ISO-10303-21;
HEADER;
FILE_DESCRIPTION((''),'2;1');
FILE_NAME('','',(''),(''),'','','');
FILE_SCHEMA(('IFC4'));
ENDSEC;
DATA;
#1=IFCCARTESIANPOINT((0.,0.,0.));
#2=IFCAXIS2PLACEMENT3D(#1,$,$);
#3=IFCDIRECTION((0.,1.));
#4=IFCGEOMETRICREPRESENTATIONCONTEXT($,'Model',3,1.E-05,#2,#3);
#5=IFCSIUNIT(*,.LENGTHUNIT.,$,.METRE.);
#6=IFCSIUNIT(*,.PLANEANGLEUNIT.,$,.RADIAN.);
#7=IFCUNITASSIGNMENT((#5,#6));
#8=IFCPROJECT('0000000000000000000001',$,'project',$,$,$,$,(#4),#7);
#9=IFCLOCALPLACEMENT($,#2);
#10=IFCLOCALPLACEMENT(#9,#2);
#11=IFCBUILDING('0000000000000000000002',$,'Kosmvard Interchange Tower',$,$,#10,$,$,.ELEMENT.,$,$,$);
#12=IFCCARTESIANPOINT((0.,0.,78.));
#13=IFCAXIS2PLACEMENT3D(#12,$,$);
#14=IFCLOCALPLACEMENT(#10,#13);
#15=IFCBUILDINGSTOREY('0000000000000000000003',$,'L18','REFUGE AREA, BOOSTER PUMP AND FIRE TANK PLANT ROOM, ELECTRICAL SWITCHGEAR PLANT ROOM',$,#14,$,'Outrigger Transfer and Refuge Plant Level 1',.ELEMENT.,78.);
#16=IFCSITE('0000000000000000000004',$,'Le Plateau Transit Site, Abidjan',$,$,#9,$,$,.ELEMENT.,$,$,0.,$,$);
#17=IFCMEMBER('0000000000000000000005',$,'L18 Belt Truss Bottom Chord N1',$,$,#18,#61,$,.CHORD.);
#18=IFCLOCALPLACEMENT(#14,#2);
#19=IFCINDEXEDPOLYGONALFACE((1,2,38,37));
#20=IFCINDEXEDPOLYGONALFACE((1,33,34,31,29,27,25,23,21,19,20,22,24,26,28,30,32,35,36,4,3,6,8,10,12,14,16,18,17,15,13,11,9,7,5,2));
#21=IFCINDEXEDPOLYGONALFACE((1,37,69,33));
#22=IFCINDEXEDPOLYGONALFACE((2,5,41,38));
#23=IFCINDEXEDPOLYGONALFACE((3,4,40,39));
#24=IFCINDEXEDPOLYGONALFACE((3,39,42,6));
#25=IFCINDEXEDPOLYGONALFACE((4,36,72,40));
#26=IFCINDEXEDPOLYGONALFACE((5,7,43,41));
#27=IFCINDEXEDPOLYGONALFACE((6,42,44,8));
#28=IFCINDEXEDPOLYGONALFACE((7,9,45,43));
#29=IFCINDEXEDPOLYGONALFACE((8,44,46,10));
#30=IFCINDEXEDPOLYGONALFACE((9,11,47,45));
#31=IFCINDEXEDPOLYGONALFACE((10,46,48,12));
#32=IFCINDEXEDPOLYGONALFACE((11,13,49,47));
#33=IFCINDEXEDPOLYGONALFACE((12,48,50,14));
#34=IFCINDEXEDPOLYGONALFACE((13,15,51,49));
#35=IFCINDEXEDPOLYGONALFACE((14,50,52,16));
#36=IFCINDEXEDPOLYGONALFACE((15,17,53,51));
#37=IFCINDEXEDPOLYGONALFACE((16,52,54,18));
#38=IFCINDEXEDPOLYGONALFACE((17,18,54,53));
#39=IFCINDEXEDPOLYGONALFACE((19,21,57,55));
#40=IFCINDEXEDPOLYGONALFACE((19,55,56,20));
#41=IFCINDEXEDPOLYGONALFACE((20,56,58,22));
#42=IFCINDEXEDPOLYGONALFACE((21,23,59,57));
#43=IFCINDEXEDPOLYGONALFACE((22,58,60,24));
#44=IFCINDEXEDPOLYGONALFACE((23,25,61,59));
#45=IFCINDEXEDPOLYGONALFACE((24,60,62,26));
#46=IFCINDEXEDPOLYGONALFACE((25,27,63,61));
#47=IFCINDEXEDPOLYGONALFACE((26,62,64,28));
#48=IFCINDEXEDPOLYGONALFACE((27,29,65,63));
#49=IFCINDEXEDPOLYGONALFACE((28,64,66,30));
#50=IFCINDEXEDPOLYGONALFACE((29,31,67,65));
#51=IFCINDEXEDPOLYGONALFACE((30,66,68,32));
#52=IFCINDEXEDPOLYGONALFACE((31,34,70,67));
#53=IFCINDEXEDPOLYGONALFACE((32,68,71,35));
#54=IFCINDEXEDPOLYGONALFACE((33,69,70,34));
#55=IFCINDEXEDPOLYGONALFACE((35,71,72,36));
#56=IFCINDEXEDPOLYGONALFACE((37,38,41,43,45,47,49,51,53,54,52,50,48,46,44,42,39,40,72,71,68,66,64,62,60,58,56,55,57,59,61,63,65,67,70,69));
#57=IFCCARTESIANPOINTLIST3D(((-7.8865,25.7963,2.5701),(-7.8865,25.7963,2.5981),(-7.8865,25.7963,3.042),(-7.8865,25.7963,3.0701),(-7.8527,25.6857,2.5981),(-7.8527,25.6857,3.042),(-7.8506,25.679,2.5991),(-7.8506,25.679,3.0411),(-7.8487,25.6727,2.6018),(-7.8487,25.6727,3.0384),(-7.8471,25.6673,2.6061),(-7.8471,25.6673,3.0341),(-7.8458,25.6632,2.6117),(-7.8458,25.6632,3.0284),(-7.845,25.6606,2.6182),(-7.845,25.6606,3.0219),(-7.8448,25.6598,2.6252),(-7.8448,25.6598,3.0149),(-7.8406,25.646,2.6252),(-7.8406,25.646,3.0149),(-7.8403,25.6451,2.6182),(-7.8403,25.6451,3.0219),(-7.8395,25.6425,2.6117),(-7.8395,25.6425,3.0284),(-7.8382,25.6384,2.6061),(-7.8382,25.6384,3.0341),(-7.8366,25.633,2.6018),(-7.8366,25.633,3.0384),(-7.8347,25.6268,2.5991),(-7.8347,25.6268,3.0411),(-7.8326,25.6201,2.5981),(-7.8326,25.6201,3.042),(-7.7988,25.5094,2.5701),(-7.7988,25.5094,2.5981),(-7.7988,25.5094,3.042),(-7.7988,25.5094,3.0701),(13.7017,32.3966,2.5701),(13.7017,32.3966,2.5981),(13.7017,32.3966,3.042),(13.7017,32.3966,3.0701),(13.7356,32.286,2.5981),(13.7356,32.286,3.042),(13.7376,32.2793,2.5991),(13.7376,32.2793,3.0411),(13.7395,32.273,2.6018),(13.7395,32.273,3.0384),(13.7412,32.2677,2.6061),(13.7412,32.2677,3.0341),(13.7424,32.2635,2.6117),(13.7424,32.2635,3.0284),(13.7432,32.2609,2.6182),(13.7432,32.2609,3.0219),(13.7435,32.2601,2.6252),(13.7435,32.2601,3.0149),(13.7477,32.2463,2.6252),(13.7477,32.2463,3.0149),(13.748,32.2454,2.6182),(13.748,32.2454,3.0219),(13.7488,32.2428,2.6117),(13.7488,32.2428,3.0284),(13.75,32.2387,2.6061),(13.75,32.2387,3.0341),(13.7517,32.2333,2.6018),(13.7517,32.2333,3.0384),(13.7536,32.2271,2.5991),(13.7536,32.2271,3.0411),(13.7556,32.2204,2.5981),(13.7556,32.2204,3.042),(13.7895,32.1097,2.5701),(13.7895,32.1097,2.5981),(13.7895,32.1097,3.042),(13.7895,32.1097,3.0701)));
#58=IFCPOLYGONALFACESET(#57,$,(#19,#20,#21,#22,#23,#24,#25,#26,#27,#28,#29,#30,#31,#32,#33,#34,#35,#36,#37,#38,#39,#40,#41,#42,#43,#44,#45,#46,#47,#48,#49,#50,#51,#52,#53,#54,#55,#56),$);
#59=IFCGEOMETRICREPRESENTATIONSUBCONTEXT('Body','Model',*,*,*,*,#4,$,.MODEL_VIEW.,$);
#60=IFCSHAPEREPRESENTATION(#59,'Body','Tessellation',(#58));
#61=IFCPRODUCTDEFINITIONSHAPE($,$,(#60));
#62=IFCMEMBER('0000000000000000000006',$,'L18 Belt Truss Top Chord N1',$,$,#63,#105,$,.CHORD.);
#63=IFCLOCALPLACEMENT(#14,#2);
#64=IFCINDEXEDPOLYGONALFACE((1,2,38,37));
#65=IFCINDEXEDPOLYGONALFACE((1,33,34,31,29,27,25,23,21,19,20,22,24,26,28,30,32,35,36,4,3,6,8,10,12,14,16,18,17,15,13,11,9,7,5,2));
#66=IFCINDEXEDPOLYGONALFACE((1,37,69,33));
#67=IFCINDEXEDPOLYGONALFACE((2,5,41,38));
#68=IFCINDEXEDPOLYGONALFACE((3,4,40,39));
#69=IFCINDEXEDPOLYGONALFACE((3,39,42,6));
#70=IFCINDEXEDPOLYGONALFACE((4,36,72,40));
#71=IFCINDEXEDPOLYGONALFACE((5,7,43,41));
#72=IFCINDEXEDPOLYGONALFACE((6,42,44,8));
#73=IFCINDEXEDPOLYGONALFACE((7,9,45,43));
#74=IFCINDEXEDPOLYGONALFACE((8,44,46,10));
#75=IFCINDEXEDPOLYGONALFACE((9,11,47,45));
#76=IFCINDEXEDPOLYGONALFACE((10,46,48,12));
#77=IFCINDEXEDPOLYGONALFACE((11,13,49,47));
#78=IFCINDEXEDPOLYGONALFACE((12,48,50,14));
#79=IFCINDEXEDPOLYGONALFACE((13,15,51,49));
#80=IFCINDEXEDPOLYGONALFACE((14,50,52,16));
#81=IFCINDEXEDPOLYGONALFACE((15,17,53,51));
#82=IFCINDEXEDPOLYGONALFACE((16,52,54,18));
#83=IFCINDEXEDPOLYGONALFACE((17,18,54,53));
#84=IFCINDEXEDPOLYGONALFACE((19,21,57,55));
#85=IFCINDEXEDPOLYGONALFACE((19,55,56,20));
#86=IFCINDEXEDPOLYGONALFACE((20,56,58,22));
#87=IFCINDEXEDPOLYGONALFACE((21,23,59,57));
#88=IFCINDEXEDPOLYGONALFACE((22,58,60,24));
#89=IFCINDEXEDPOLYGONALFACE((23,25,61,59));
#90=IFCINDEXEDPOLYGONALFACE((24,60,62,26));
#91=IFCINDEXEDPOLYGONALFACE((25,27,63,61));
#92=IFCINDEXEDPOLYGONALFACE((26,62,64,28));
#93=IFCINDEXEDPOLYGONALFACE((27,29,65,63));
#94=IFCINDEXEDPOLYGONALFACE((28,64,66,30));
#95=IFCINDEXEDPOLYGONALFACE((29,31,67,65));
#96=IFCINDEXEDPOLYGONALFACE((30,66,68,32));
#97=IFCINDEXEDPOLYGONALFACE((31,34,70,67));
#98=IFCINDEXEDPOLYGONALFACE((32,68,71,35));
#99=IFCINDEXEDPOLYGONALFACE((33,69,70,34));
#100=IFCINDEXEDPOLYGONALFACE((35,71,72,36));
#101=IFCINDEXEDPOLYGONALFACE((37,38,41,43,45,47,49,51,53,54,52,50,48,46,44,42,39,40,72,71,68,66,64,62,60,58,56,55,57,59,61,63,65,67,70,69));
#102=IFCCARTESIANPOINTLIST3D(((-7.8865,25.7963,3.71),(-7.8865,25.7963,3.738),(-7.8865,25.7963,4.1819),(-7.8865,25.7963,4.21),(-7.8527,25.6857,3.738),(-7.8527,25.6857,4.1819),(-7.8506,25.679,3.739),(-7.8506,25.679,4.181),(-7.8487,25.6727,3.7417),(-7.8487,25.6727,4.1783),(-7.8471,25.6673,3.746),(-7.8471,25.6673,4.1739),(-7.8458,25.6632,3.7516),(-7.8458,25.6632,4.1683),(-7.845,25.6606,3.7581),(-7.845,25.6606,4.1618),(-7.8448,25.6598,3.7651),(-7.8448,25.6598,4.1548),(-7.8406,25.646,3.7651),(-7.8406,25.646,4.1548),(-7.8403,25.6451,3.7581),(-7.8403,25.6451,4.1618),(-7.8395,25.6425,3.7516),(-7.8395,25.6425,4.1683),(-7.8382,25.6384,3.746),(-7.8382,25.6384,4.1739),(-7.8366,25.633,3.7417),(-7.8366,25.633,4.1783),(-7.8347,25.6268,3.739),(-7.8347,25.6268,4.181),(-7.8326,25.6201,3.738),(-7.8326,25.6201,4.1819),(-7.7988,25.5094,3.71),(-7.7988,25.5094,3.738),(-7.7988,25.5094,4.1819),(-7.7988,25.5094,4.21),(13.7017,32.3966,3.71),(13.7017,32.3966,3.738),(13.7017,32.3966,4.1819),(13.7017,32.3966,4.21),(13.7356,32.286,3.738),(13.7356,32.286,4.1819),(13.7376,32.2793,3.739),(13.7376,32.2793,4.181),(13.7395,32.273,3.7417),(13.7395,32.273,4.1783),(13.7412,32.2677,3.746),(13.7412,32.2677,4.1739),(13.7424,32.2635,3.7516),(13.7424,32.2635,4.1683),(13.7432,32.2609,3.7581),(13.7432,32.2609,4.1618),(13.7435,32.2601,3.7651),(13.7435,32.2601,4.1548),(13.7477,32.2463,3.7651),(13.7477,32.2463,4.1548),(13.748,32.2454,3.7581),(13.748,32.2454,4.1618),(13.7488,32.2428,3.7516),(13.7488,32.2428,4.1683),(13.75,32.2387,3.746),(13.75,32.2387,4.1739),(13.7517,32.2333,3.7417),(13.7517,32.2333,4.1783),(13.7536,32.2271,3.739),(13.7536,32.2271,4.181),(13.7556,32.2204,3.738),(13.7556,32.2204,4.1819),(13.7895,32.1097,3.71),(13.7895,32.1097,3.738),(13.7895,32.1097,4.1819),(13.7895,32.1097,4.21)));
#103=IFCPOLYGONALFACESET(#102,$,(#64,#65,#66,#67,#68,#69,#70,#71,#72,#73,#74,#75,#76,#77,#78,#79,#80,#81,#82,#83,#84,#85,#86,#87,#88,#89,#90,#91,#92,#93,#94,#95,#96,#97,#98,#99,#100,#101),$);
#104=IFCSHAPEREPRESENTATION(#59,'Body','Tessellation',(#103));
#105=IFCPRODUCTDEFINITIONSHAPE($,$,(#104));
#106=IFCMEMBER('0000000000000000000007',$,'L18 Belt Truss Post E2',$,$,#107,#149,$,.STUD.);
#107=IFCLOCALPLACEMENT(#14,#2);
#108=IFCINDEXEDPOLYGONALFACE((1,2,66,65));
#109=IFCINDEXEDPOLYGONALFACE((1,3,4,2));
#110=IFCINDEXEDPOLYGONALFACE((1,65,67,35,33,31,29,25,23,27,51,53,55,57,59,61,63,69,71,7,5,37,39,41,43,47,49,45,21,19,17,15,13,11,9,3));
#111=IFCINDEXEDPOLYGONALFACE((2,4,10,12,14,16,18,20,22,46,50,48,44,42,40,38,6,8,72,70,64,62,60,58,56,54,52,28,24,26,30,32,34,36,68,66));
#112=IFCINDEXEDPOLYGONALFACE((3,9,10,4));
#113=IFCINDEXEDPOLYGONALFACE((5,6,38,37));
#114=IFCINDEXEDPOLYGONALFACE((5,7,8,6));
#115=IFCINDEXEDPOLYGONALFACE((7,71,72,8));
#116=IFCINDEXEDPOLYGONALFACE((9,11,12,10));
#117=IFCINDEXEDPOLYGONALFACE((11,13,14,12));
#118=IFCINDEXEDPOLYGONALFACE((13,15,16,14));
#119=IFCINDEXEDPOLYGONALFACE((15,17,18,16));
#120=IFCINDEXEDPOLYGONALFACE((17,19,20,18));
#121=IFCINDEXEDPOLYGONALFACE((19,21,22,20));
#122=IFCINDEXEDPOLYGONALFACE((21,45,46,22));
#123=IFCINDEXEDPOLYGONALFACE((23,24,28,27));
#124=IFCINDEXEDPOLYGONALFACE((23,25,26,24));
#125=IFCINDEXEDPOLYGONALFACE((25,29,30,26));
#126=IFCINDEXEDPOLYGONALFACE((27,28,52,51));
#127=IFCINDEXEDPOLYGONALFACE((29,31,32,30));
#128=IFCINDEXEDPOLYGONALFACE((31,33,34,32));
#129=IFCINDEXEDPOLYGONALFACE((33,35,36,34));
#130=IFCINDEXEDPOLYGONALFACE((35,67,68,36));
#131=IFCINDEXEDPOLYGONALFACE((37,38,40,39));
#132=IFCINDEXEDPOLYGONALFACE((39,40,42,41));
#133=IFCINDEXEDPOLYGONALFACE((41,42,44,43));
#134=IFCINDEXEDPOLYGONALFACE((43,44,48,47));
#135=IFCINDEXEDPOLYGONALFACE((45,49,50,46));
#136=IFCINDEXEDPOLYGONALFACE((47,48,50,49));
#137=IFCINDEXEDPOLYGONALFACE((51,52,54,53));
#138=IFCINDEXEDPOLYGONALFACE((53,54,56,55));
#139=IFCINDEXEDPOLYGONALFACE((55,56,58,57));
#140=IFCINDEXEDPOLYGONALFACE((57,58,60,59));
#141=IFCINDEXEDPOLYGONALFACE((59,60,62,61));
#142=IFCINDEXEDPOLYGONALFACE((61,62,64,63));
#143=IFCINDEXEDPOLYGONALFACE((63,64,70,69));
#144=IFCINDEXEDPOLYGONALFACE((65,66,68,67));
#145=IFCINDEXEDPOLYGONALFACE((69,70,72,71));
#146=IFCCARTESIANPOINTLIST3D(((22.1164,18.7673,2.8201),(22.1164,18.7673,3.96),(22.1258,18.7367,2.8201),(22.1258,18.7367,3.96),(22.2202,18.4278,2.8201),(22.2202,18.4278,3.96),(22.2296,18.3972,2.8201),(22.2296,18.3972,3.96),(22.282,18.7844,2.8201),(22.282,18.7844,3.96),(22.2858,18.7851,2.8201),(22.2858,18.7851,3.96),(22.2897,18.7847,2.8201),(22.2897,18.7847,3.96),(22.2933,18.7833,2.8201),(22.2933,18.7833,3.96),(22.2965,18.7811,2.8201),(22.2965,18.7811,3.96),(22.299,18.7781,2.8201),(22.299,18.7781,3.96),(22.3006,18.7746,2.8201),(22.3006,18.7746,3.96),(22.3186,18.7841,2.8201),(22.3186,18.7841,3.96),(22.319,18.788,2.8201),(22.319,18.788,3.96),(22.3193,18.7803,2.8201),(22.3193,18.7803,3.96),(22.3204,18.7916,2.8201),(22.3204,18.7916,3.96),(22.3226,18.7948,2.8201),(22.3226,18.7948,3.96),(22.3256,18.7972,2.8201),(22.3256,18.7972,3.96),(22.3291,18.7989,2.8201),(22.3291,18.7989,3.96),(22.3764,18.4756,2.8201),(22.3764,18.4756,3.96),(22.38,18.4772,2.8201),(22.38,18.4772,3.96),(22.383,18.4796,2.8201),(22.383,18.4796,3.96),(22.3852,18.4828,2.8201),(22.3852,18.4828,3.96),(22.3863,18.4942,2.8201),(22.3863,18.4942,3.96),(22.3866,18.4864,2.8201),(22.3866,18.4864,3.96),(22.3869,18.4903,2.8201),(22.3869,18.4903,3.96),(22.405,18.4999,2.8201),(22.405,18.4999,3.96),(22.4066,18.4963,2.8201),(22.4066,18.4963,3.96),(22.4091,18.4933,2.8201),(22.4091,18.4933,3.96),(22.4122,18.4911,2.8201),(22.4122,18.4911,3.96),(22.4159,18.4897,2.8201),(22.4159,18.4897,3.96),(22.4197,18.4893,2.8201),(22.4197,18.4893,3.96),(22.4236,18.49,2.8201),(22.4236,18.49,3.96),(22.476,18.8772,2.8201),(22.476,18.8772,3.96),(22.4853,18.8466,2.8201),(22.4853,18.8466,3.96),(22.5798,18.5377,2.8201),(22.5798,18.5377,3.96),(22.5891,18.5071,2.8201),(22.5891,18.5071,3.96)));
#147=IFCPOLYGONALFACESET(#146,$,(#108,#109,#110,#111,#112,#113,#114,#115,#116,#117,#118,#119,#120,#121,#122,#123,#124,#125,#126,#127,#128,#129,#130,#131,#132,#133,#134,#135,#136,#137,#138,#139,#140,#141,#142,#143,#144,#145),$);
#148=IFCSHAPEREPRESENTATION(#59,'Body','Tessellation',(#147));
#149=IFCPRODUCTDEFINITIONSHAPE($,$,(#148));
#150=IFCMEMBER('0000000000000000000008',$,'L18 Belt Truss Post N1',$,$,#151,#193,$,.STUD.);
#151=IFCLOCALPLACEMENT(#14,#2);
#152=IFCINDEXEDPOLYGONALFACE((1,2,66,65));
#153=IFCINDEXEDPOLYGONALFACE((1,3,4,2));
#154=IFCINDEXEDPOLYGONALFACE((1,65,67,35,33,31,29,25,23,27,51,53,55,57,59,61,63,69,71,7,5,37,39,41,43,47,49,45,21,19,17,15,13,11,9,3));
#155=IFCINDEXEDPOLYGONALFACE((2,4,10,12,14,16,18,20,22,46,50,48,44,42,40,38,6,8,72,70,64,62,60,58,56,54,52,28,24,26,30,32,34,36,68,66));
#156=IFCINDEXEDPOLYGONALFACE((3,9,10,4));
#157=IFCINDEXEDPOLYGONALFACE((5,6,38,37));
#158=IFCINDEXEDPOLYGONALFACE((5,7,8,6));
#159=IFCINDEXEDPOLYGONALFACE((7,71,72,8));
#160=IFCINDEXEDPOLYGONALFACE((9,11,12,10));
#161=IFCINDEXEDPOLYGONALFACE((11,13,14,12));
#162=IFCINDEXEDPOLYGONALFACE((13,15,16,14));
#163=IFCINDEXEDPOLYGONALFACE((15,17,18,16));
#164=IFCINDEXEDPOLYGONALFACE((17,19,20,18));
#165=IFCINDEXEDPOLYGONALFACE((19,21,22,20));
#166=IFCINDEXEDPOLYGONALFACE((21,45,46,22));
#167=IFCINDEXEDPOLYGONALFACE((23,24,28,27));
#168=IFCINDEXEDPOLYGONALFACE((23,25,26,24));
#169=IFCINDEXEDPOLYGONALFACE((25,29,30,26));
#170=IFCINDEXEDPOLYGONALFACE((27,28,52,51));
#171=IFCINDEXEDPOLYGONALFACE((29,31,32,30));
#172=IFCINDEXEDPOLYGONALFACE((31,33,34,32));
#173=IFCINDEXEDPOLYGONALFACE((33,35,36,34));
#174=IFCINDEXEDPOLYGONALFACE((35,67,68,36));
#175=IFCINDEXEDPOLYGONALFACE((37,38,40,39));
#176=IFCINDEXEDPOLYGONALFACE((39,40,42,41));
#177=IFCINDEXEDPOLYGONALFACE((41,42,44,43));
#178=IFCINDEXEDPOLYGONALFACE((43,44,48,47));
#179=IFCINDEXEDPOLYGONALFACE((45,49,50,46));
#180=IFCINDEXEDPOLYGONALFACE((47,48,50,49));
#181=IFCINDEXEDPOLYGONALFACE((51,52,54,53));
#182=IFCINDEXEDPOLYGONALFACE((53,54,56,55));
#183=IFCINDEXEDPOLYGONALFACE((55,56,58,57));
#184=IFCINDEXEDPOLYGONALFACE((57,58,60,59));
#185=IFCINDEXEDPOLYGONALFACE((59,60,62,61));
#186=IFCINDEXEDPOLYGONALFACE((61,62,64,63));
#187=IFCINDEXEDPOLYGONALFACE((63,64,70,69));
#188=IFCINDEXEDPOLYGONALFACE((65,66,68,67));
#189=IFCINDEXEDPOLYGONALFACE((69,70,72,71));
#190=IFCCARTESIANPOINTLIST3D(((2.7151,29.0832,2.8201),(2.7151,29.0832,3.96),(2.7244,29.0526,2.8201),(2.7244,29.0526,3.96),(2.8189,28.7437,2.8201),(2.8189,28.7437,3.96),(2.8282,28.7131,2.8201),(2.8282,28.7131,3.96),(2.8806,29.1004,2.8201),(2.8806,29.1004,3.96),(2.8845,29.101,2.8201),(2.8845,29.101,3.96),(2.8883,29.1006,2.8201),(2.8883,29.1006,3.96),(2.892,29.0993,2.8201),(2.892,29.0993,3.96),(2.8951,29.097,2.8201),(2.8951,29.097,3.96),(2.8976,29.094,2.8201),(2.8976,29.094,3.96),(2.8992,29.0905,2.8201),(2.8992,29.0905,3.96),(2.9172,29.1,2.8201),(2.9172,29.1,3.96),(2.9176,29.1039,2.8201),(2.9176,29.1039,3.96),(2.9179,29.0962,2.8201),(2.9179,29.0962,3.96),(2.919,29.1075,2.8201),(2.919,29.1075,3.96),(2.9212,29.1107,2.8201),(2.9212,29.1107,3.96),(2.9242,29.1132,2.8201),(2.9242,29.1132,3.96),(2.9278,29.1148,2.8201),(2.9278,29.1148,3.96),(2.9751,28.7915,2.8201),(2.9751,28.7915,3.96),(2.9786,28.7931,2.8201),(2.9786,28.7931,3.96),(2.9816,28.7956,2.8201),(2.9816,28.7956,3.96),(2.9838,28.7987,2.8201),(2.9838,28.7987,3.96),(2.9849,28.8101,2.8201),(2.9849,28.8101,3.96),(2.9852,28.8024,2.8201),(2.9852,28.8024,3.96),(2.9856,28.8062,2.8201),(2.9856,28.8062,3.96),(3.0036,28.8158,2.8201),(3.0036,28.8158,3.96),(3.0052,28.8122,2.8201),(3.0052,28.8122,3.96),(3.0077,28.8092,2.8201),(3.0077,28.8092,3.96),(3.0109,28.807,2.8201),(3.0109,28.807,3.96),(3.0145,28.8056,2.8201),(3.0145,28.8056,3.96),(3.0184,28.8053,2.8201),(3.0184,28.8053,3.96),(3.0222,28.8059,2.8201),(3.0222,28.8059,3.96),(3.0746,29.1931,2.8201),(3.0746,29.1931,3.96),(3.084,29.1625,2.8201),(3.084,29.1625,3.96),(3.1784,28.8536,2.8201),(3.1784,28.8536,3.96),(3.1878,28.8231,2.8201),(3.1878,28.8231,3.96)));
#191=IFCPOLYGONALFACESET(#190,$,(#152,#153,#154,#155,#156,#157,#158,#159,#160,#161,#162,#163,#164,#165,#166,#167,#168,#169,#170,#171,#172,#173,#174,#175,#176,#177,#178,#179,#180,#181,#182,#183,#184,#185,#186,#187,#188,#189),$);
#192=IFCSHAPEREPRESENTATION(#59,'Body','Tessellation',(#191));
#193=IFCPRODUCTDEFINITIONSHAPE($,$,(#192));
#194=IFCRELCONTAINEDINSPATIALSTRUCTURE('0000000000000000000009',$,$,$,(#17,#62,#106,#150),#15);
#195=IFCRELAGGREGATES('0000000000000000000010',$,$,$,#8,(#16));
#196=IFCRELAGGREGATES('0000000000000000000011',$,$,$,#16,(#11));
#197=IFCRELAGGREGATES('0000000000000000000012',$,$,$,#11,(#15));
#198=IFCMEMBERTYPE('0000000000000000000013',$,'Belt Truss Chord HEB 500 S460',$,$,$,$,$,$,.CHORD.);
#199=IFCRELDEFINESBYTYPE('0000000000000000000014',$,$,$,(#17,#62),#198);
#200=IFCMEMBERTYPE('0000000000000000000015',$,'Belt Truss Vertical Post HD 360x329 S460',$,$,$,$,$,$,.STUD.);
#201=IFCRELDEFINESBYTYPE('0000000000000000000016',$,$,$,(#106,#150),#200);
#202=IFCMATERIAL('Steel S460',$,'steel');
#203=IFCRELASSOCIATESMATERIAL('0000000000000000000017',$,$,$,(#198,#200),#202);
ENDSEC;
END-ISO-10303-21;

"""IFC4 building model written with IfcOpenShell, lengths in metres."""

from ifc_helpers import new_model, si_unit, direction, frame, origin, origin_2d, place, context, subcontext, project, spatial, i_section, extrude, source, transform, mapped, material, material_profile, profile_set, type_object, element, save


model = new_model("IFC4")

# Units and contexts
model_context = context("Model", 3, precision=1e-05, world=origin(), true_north=direction((0.0, 1.0)))
body_context = subcontext(model_context, "Body", "Model", "MODEL_VIEW")
ifc_project = project(units=[si_unit("LENGTHUNIT", "METRE"), si_unit("PLANEANGLEUNIT", "RADIAN")], contexts=[model_context])

# Site, building, storey
site_placement = place(None, origin())
site = spatial("IfcSite", under=ifc_project, at=site_placement, Name="Le Plateau Transit Site, Abidjan", CompositionType="ELEMENT", RefElevation=0.0)
building_placement = place(site_placement, origin())
building = spatial("IfcBuilding", under=site, at=building_placement, Name="Kosmvard Interchange Tower", CompositionType="ELEMENT")
storey_placement = place(building_placement, frame((0.0, 0.0, 78.0)))
storey = spatial("IfcBuildingStorey", under=building, at=storey_placement, Name="L18", Description="REFUGE AREA, BOOSTER PUMP AND FIRE TANK PLANT ROOM, ELECTRICAL SWITCHGEAR PLANT ROOM", LongName="Outrigger Transfer and Refuge Plant Level 1", CompositionType="ELEMENT", Elevation=78.0)

# Members
ifc_material_1 = material(Name="Steel S460", Category="steel")
ifc_material_profile_1 = material_profile(ifc_material_1, i_section(OverallWidth=0.3, OverallDepth=0.5, WebThickness=0.0144, FlangeThickness=0.0281, FilletRadius=0.0271, at=origin_2d()), Name="HEB 500")
ifc_profile_set_1 = profile_set([ifc_material_profile_1], Name="Steel S460")
member_type_1 = type_object("IfcMemberType", Name="Belt Truss Chord HEB 500 S460", PredefinedType="CHORD", material=ifc_profile_set_1)
shared_shape_1 = source(origin(), body_context, "Body", "SweptSolid", [
    extrude(i_section(OverallWidth=0.3, OverallDepth=0.5, WebThickness=0.0144, FlangeThickness=0.0281, FilletRadius=0.0271, at=origin_2d()), origin(), (0.0, 0.0, 1.0), 22.5747),
])
for number, where, z_axis, x_axis, name in (
    (1, (13.7456, 32.2532, 2.8201), (-0.956303, -0.292376, 0.0), (0.292376, -0.956303, 0.0), "L18 Belt Truss Bottom Chord N1"),
    (2, (13.7456, 32.2532, 3.96), (-0.956303, -0.292376, 0.0), (0.292376, -0.956303, 0.0), "L18 Belt Truss Top Chord N1"),
):
    element("IfcMember", number, at=place(storey_placement, frame(where, z_axis=z_axis, x_axis=x_axis)), inside=storey, type_object=member_type_1, Name=name, PredefinedType="CHORD", context=body_context, shape_type="MappedRepresentation", body=[
        mapped(shared_shape_1, transform((0.0, 0.0, 0.0), scale=1.0)),
    ])
ifc_material_profile_2 = material_profile(ifc_material_1, i_section(OverallWidth=0.376, OverallDepth=0.387, WebThickness=0.0195, FlangeThickness=0.032, FilletRadius=0.0149, at=origin_2d()), Name="HD 360x329")
ifc_profile_set_2 = profile_set([ifc_material_profile_2], Name="Steel S460")
member_type_2 = type_object("IfcMemberType", Name="Belt Truss Vertical Post HD 360x329 S460", PredefinedType="STUD", material=ifc_profile_set_2)
shared_shape_2 = source(origin(), body_context, "Body", "SweptSolid", [
    extrude(i_section(OverallWidth=0.376, OverallDepth=0.387, WebThickness=0.0195, FlangeThickness=0.032, FilletRadius=0.0149, at=origin_2d()), origin(), (0.0, 0.0, 1.0), 1.1399),
])
for number, where, z_axis, x_axis, name in (
    (3, (22.3528, 18.6372, 2.8201), (0.0, 0.0, 1.0), (0.956305, 0.292372, 0.0), "L18 Belt Truss Post E2"),
    (4, (2.9514, 28.9531, 2.8201), (0.0, 0.0, 1.0), (0.956305, 0.292372, 0.0), "L18 Belt Truss Post N1"),
):
    element("IfcMember", number, at=place(storey_placement, frame(where, z_axis=z_axis, x_axis=x_axis)), inside=storey, type_object=member_type_2, Name=name, PredefinedType="STUD", context=body_context, shape_type="MappedRepresentation", body=[
        mapped(shared_shape_2, transform((0.0, 0.0, 0.0), scale=1.0)),
    ])

save(model, "model.ifc")
